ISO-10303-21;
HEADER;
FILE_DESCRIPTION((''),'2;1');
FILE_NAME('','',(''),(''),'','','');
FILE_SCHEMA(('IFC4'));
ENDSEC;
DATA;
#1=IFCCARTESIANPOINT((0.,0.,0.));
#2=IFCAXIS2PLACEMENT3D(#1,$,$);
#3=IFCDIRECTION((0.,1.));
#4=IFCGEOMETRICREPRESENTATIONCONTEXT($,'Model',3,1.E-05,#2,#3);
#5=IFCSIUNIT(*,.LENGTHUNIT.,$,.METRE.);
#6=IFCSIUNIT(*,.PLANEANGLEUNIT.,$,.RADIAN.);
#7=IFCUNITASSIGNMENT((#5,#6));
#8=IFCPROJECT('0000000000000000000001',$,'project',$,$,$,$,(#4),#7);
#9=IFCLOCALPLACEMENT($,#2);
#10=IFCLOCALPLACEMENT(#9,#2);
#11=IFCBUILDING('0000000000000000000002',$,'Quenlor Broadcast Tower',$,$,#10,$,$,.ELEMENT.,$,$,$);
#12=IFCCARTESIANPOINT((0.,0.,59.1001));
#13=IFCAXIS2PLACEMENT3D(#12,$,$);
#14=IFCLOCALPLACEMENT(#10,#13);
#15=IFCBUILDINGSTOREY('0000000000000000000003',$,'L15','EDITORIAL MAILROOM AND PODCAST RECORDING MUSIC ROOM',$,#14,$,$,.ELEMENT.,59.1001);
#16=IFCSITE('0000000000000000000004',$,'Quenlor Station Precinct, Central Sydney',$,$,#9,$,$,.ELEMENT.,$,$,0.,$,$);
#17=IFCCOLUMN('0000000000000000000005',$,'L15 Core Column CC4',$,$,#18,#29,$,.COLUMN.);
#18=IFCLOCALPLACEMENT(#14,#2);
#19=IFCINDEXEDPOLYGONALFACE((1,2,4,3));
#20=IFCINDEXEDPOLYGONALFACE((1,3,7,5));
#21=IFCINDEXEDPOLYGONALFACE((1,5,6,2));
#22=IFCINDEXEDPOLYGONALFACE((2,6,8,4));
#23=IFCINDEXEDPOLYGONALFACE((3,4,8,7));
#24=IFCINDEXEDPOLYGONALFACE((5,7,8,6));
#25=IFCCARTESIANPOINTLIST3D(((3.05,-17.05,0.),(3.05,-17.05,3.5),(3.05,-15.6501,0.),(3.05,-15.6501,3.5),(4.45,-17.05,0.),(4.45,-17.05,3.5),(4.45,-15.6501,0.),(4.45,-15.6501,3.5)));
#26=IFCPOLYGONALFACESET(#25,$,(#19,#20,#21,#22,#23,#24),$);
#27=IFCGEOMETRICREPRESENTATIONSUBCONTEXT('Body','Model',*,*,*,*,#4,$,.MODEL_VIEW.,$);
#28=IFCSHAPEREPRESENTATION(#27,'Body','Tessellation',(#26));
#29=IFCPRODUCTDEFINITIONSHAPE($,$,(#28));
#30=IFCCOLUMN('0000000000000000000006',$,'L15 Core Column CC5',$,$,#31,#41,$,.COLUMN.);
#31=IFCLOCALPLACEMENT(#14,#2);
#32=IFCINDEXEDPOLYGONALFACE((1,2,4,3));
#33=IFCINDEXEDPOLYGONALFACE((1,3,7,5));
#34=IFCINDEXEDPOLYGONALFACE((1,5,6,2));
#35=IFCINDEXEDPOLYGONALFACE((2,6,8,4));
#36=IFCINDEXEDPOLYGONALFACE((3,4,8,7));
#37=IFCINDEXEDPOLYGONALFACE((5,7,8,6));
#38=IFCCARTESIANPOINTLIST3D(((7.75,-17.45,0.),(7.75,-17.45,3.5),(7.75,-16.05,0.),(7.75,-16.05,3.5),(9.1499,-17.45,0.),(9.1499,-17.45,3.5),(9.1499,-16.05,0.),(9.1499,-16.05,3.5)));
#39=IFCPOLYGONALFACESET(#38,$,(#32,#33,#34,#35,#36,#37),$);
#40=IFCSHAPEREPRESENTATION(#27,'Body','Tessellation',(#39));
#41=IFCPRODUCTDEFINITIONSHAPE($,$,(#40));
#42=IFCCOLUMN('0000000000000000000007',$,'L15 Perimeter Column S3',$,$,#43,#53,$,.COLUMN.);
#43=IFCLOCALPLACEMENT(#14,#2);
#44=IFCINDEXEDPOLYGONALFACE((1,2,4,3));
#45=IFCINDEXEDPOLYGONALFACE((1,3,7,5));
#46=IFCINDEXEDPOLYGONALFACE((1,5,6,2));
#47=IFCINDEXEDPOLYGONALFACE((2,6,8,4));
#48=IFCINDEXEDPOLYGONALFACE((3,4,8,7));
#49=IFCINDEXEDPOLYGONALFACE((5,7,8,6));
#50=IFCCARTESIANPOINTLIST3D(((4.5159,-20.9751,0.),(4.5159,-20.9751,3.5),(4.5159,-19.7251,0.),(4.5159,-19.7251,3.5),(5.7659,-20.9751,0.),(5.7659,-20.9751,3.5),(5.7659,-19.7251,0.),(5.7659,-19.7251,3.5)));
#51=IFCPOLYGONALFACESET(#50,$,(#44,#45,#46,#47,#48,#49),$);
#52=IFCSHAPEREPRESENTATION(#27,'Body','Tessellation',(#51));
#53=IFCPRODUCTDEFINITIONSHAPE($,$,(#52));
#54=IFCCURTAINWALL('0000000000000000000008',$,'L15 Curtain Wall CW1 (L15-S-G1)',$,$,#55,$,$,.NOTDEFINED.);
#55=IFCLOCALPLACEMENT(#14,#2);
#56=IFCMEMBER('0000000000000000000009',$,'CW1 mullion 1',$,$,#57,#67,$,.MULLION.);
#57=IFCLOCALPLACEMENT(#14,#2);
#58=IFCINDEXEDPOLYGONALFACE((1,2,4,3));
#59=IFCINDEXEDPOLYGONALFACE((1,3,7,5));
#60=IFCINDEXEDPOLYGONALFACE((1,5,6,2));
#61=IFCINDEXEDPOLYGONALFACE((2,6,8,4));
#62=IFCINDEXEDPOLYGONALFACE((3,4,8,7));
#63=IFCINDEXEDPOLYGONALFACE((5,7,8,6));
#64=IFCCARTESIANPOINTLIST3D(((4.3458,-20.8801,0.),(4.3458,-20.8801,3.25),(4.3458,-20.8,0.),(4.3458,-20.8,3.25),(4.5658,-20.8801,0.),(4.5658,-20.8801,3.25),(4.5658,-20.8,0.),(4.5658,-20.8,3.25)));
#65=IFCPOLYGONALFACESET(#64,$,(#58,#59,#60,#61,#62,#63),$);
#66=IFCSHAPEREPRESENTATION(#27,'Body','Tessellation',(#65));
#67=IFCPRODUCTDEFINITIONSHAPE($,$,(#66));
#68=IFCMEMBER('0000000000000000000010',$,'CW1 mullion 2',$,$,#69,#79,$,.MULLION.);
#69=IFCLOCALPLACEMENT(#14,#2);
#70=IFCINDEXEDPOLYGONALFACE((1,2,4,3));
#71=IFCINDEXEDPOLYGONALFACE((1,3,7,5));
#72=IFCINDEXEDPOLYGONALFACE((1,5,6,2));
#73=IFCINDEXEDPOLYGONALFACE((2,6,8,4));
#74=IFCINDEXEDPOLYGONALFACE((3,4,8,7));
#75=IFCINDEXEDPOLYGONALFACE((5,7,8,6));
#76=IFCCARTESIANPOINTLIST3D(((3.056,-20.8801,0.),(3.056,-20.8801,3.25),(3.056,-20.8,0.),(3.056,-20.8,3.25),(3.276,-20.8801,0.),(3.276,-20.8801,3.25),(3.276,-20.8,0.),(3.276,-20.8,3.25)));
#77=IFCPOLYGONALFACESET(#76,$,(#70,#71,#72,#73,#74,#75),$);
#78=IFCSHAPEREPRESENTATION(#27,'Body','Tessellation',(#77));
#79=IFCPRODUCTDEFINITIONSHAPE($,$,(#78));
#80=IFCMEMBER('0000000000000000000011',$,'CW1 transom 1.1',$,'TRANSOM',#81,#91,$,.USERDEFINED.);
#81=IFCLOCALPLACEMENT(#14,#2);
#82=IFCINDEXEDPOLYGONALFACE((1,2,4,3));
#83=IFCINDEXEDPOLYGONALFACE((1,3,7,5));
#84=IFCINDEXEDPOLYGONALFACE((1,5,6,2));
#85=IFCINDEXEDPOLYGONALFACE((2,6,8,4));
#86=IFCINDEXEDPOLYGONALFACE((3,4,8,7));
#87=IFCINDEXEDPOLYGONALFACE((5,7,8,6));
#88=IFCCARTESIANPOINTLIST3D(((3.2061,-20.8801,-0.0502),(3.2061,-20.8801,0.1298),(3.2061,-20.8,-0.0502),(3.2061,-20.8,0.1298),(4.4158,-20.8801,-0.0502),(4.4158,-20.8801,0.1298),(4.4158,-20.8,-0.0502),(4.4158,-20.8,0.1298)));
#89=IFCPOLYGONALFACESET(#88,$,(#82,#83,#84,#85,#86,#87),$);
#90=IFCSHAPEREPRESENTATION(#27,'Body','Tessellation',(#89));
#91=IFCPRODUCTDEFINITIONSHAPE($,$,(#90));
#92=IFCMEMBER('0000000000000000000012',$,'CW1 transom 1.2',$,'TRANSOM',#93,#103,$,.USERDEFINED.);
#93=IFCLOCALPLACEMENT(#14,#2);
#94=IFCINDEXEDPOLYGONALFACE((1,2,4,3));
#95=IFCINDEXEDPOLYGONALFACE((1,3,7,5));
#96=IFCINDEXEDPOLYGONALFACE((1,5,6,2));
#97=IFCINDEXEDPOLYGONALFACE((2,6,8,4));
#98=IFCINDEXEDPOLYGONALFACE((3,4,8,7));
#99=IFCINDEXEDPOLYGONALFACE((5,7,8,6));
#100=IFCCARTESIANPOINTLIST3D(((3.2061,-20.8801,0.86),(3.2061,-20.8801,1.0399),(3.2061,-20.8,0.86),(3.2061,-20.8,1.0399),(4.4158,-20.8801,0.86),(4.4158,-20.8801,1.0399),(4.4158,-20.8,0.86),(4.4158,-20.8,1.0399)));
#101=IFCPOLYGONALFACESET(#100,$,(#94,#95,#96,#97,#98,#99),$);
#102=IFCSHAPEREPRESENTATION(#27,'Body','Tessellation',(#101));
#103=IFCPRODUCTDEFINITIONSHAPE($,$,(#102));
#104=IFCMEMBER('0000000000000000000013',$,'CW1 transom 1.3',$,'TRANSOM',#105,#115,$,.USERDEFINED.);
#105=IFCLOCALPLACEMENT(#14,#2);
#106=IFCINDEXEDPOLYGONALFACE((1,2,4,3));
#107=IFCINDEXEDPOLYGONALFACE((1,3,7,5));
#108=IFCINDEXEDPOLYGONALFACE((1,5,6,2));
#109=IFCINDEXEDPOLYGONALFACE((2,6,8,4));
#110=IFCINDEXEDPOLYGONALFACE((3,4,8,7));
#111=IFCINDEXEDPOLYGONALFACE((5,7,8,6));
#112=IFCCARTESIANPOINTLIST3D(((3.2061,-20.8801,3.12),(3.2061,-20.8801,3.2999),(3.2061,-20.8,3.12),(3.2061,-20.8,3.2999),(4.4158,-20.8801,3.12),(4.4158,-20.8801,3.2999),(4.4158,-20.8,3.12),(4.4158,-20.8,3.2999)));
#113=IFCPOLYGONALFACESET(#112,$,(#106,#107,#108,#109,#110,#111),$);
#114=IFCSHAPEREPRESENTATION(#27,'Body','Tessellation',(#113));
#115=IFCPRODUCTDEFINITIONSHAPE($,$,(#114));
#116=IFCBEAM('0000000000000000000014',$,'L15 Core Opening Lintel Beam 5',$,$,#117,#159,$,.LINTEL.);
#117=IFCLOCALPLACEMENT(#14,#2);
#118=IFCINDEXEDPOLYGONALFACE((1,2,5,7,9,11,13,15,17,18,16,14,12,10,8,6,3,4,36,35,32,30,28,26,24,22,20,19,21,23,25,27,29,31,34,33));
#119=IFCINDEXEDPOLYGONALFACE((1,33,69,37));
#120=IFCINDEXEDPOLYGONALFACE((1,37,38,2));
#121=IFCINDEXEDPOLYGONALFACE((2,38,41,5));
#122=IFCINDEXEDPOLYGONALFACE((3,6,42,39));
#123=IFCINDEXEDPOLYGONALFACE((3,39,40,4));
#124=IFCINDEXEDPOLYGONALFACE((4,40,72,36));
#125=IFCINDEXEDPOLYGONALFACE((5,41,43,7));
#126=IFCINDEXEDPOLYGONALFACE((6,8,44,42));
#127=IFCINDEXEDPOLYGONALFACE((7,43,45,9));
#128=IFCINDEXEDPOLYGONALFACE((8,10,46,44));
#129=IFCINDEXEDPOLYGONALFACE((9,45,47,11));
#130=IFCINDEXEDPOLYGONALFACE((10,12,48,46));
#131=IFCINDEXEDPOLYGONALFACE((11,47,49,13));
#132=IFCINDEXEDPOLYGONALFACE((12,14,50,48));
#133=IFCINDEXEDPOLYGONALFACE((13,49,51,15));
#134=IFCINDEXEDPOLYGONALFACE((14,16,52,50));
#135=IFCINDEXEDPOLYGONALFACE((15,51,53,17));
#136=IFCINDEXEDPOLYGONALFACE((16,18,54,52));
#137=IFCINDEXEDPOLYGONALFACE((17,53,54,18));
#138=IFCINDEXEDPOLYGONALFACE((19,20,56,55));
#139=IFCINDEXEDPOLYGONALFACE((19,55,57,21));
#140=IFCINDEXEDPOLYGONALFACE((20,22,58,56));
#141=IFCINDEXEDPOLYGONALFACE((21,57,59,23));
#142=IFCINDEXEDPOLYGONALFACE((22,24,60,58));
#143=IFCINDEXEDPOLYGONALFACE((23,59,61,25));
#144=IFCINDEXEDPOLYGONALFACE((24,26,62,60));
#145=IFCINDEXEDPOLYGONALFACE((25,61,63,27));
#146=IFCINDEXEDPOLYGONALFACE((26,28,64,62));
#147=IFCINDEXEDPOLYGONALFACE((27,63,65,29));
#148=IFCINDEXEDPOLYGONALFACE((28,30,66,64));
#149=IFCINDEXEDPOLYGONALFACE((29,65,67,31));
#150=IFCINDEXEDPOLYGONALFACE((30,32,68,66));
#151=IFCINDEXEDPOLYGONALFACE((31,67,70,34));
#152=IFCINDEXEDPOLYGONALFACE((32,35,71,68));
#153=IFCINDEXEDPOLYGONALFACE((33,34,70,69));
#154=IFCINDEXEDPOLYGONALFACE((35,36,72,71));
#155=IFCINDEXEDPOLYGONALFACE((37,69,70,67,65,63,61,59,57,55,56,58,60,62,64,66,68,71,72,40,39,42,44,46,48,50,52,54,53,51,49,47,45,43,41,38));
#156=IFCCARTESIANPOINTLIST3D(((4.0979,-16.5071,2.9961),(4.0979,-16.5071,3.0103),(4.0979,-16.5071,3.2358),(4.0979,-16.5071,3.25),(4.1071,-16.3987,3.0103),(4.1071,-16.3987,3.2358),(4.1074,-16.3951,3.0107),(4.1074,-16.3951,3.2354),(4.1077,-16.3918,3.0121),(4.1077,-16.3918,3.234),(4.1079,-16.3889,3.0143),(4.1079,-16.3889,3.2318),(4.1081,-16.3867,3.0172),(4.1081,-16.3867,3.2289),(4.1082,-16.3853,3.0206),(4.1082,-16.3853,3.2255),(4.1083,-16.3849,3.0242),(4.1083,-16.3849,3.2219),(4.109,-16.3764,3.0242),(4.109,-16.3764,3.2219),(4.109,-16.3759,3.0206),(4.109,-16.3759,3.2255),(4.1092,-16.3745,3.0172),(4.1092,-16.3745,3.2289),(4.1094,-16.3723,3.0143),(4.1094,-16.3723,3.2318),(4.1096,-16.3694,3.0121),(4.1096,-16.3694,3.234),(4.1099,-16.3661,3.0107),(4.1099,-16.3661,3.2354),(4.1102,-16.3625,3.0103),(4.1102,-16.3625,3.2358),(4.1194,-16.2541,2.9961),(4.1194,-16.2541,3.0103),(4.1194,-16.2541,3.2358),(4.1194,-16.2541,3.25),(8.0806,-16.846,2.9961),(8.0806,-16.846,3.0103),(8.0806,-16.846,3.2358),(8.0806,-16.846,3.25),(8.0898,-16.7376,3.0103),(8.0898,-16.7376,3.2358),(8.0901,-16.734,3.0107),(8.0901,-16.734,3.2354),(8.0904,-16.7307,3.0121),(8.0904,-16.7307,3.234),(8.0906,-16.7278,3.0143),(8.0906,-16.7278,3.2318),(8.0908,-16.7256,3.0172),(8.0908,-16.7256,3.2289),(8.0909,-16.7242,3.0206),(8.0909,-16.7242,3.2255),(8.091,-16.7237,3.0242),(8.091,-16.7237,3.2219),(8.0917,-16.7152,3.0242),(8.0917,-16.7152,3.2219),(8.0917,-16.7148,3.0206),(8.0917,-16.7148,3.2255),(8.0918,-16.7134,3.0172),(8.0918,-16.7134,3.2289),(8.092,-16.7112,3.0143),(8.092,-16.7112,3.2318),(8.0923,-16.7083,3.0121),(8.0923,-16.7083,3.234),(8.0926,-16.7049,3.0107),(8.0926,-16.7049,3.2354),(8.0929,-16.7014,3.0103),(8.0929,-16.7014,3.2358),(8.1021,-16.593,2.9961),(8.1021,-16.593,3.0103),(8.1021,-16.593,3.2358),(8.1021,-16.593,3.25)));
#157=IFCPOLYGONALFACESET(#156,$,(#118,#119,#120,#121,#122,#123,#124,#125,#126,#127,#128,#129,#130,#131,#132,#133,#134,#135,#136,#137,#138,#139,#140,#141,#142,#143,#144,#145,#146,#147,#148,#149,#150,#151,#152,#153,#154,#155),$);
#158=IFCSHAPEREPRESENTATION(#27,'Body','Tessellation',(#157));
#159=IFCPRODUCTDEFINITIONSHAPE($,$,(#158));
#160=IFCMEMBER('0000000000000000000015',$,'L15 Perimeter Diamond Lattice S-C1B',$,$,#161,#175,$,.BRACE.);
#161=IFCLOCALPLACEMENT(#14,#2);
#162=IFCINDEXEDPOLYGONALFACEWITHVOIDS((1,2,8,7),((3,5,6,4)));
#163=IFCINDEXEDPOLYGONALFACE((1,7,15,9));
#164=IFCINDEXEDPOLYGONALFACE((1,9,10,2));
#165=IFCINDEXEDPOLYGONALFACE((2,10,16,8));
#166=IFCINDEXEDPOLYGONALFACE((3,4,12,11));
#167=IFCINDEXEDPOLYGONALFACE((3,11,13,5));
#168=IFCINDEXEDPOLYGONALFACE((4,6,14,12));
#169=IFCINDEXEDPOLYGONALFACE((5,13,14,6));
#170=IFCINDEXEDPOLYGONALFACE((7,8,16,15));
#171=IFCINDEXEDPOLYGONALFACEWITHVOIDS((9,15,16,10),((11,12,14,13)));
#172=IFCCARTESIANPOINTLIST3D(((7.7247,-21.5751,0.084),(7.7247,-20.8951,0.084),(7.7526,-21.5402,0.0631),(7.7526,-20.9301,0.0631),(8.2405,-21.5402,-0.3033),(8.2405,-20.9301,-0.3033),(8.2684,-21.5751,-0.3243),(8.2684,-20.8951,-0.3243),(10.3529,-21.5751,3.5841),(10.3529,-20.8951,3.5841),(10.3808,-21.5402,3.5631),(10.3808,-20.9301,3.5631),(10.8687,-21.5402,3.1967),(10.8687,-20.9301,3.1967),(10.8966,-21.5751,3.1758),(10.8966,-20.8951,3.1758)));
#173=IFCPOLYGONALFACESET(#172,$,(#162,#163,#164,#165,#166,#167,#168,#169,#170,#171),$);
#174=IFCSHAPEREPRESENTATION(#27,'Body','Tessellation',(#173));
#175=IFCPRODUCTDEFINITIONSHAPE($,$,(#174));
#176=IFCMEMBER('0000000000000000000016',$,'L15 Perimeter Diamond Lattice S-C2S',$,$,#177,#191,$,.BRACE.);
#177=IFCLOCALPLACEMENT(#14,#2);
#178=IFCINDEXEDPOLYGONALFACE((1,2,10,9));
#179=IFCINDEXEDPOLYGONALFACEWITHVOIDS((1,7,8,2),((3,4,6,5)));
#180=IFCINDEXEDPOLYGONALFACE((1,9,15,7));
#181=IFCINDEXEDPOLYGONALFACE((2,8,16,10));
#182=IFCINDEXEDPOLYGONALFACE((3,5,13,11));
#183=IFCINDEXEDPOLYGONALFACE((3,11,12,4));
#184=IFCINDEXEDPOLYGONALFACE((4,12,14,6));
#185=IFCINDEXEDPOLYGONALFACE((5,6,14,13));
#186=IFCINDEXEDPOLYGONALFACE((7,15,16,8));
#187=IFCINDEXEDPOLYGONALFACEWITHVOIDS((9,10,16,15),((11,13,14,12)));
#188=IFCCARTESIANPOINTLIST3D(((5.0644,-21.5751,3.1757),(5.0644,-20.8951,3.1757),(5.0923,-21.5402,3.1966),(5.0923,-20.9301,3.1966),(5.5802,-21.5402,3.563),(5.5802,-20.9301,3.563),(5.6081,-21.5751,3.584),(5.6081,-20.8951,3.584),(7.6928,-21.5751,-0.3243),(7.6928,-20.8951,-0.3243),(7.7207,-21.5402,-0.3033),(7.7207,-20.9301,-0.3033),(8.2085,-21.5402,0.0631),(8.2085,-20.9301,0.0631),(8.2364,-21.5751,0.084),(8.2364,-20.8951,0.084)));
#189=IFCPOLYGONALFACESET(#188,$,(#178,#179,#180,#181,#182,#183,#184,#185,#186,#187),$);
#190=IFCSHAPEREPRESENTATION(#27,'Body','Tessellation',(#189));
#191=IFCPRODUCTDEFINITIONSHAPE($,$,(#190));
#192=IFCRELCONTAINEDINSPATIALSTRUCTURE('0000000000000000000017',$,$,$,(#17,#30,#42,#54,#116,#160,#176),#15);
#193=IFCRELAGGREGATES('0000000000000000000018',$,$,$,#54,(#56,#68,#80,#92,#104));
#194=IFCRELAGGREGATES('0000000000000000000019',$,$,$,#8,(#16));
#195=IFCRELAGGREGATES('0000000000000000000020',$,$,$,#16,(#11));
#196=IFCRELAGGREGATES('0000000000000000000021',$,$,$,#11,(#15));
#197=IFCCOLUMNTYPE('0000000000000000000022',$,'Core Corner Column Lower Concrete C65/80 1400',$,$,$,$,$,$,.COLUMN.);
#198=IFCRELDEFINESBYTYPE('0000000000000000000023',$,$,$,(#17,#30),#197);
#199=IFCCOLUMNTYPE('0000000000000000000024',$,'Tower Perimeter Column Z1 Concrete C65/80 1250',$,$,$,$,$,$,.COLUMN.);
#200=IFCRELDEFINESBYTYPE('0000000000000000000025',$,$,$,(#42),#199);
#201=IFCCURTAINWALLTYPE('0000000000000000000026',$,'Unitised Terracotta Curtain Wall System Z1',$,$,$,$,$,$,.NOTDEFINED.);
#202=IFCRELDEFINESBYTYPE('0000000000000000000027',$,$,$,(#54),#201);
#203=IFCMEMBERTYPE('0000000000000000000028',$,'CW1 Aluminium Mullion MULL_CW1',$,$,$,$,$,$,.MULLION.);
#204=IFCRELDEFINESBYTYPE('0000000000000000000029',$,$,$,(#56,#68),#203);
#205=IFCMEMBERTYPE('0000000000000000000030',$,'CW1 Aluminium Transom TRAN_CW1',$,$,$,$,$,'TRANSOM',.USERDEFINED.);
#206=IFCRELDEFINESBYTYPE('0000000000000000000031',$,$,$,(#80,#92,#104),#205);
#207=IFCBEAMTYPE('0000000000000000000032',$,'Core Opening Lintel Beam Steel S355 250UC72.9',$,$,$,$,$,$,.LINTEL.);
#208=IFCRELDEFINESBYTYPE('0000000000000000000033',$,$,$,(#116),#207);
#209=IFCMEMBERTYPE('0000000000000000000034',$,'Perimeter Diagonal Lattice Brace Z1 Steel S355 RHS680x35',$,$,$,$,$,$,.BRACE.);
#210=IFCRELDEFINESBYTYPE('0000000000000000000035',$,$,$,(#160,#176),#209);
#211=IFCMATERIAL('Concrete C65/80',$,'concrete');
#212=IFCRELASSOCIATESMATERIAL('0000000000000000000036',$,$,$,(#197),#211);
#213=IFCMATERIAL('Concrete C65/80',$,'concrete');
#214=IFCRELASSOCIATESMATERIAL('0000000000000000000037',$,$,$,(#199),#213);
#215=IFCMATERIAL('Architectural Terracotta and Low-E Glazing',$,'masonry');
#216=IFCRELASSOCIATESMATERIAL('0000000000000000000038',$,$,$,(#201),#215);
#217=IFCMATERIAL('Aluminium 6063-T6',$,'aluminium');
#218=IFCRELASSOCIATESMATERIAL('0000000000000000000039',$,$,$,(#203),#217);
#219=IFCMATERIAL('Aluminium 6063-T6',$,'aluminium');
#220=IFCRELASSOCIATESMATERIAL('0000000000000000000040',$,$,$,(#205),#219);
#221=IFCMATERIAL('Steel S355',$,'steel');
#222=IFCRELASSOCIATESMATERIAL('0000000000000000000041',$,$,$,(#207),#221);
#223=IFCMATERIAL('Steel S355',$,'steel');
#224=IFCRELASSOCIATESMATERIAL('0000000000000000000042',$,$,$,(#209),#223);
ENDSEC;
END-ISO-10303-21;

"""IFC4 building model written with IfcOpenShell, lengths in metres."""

from ifc_helpers import new_model, si_unit, direction, frame, origin, origin_2d, place, context, subcontext, project, spatial, rectangle, hollow_rectangle, i_section, extrude, material, material_profile, profile_set, type_object, element, aggregate, save


model = new_model("IFC4")

# Units and contexts
model_context = context("Model", 3, precision=1e-05, world=origin(), true_north=direction((0.0, 1.0)))
body_context = subcontext(model_context, "Body", "Model", "MODEL_VIEW")
ifc_project = project(units=[si_unit("LENGTHUNIT", "METRE"), si_unit("PLANEANGLEUNIT", "RADIAN")], contexts=[model_context])

# Site, building, storey
site_placement = place(None, origin())
site = spatial("IfcSite", under=ifc_project, at=site_placement, Name="Quenlor Station Precinct, Central Sydney", CompositionType="ELEMENT", RefElevation=0.0)
building_placement = place(site_placement, origin())
building = spatial("IfcBuilding", under=site, at=building_placement, Name="Quenlor Broadcast Tower", CompositionType="ELEMENT")
storey_placement = place(building_placement, frame((0.0, 0.0, 59.1001)))
storey = spatial("IfcBuildingStorey", under=building, at=storey_placement, Name="L15", Description="EDITORIAL MAILROOM AND PODCAST RECORDING MUSIC ROOM", CompositionType="ELEMENT", Elevation=59.1001)

# Columns
ifc_material_1 = material(Name="Concrete C65/80", Category="concrete")
ifc_material_profile_1 = material_profile(ifc_material_1, rectangle(XDim=1.3999, YDim=1.3999, at=origin_2d()))
ifc_profile_set_1 = profile_set([ifc_material_profile_1], Name="Concrete C65/80 RC1400x1400")
column_type_1 = type_object("IfcColumnType", Name="Core Corner Column Lower Concrete C65/80 1400", PredefinedType="COLUMN", material=ifc_profile_set_1)
for number, where, z_axis, x_axis, name in (
    (1, (3.75, -16.3501, 0.0), (0.0, 0.0, 1.0), (1.0, 0.0, 0.0), "L15 Core Column CC4"),
    (2, (8.45, -16.75, 0.0), (0.0, 0.0, 1.0), (1.0, 0.0, 0.0), "L15 Core Column CC5"),
):
    element("IfcColumn", number, at=place(storey_placement, frame(where, z_axis=z_axis, x_axis=x_axis)), inside=storey, type_object=column_type_1, Name=name, PredefinedType="COLUMN", context=body_context, shape_type="SweptSolid", body=[
        extrude(rectangle(XDim=1.3999, YDim=1.3999, at=origin_2d()), origin(), (0.0, 0.0, 1.0), 3.5),
    ])
ifc_material_2 = material(Name="Concrete C65/80", Category="concrete")
ifc_material_profile_2 = material_profile(ifc_material_2, rectangle(XDim=1.25, YDim=1.25, at=origin_2d()))
ifc_profile_set_2 = profile_set([ifc_material_profile_2], Name="Concrete C65/80 RC1250x1250")
column_type_2 = type_object("IfcColumnType", Name="Tower Perimeter Column Z1 Concrete C65/80 1250", PredefinedType="COLUMN", material=ifc_profile_set_2)
column_placement = place(storey_placement, frame((5.1409, -20.3501, 0.0), z_axis=(0.0, 0.0, 1.0), x_axis=(0.0, 1.0, 0.0)))
element("IfcColumn", 3, at=column_placement, inside=storey, type_object=column_type_2, Name="L15 Perimeter Column S3", PredefinedType="COLUMN", context=body_context, shape_type="SweptSolid", body=[
    extrude(rectangle(XDim=1.25, YDim=1.25, at=origin_2d()), origin(), (0.0, 0.0, 1.0), 3.5),
])

# Curtain wall, members
ifc_material_3 = material(Name="Architectural Terracotta and Low-E Glazing", Category="masonry")
curtain_wall_type = type_object("IfcCurtainWallType", Name="Unitised Terracotta Curtain Wall System Z1", PredefinedType="NOTDEFINED", material=ifc_material_3)
curtain_wall_placement = place(storey_placement, origin())
curtain_wall = element("IfcCurtainWall", 4, at=curtain_wall_placement, inside=storey, type_object=curtain_wall_type, Name="L15 Curtain Wall CW1 (L15-S-G1)", PredefinedType="NOTDEFINED")
ifc_material_4 = material(Name="Aluminium 6063-T6", Category="aluminium")
ifc_material_profile_3 = material_profile(ifc_material_4, rectangle(XDim=0.0801, YDim=0.22, at=origin_2d()))
ifc_profile_set_3 = profile_set([ifc_material_profile_3], Name="Aluminium 6063-T6 MULL80x220")
member_type_1 = type_object("IfcMemberType", Name="CW1 Aluminium Mullion MULL_CW1", PredefinedType="MULLION", material=ifc_profile_set_3)
member_1_placement = place(storey_placement, frame((4.4558, -20.8401, 0.0), z_axis=(0.0, 0.0, 1.0), x_axis=(0.0, -1.0, 0.0)))
member_1 = element("IfcMember", 5, at=member_1_placement, type_object=member_type_1, Name="CW1 mullion 1", PredefinedType="MULLION", context=body_context, shape_type="SweptSolid", body=[
    extrude(rectangle(XDim=0.0801, YDim=0.22, at=origin_2d()), origin(), (0.0, 0.0, 1.0), 3.25),
])
member_2_placement = place(storey_placement, frame((3.166, -20.8401, 0.0), z_axis=(0.0, 0.0, 1.0), x_axis=(0.0, -1.0, 0.0)))
member_2 = element("IfcMember", 6, at=member_2_placement, type_object=member_type_1, Name="CW1 mullion 2", PredefinedType="MULLION", context=body_context, shape_type="SweptSolid", body=[
    extrude(rectangle(XDim=0.0801, YDim=0.22, at=origin_2d()), origin(), (0.0, 0.0, 1.0), 3.25),
])
ifc_material_5 = material(Name="Aluminium 6063-T6", Category="aluminium")
ifc_material_profile_4 = material_profile(ifc_material_5, rectangle(XDim=0.0801, YDim=0.1799, at=origin_2d()))
ifc_profile_set_4 = profile_set([ifc_material_profile_4], Name="Aluminium 6063-T6 TRAN80x180")
member_type_2 = type_object("IfcMemberType", Name="CW1 Aluminium Transom TRAN_CW1", ElementType="TRANSOM", PredefinedType="USERDEFINED", material=ifc_profile_set_4)
member_3_placement = place(storey_placement, frame((4.4158, -20.8401, 0.0398), z_axis=(-1.0, 0.0, 0.0), x_axis=(0.0, -1.0, 0.0)))
member_3 = element("IfcMember", 7, at=member_3_placement, type_object=member_type_2, Name="CW1 transom 1.1", ObjectType="TRANSOM", PredefinedType="USERDEFINED", context=body_context, shape_type="SweptSolid", body=[
    extrude(rectangle(XDim=0.0801, YDim=0.1799, at=origin_2d()), origin(), (0.0, 0.0, 1.0), 1.2097),
])
member_4_placement = place(storey_placement, frame((4.4158, -20.8401, 0.95), z_axis=(-1.0, 0.0, 0.0), x_axis=(0.0, -1.0, 0.0)))
member_4 = element("IfcMember", 8, at=member_4_placement, type_object=member_type_2, Name="CW1 transom 1.2", ObjectType="TRANSOM", PredefinedType="USERDEFINED", context=body_context, shape_type="SweptSolid", body=[
    extrude(rectangle(XDim=0.0801, YDim=0.1799, at=origin_2d()), origin(), (0.0, 0.0, 1.0), 1.2097),
])
member_5_placement = place(storey_placement, frame((4.4158, -20.8401, 3.21), z_axis=(-1.0, 0.0, 0.0), x_axis=(0.0, -1.0, 0.0)))
member_5 = element("IfcMember", 9, at=member_5_placement, type_object=member_type_2, Name="CW1 transom 1.3", ObjectType="TRANSOM", PredefinedType="USERDEFINED", context=body_context, shape_type="SweptSolid", body=[
    extrude(rectangle(XDim=0.0801, YDim=0.1799, at=origin_2d()), origin(), (0.0, 0.0, 1.0), 1.2097),
])

# Beam
ifc_material_6 = material(Name="Steel S355", Category="steel")
ifc_material_profile_5 = material_profile(ifc_material_6, i_section(OverallWidth=0.2539, OverallDepth=0.2539, WebThickness=0.0085, FlangeThickness=0.0142, FilletRadius=0.0139, at=origin_2d()))
ifc_profile_set_5 = profile_set([ifc_material_profile_5], Name="Steel S355 250UC72.9")
beam_type_1 = type_object("IfcBeamType", Name="Core Opening Lintel Beam Steel S355 250UC72.9", PredefinedType="LINTEL", material=ifc_profile_set_5)
beam_1_placement = place(storey_placement, frame((4.1086, -16.3806, 3.123), z_axis=(0.9964, -0.084779, 0.0), x_axis=(0.084779, 0.9964, 0.0)))
element("IfcBeam", 10, at=beam_1_placement, inside=storey, type_object=beam_type_1, Name="L15 Core Opening Lintel Beam 5", PredefinedType="LINTEL", context=body_context, shape_type="SweptSolid", body=[
    extrude(i_section(OverallWidth=0.2539, OverallDepth=0.2539, WebThickness=0.0085, FlangeThickness=0.0142, FilletRadius=0.0139, at=origin_2d()), origin(), (0.0, 0.0, 1.0), 3.9971),
])

# Members
ifc_material_7 = material(Name="Steel S355", Category="steel")
ifc_material_profile_6 = material_profile(ifc_material_7, hollow_rectangle(XDim=0.6799, YDim=0.6799, WallThickness=0.0349, at=origin_2d()))
ifc_profile_set_6 = profile_set([ifc_material_profile_6], Name="Steel S355 RHS680x680x35")
member_type_3 = type_object("IfcMemberType", Name="Perimeter Diagonal Lattice Brace Z1 Steel S355 RHS680x35", PredefinedType="BRACE", material=ifc_profile_set_6)
for number, where, z_axis, x_axis, name in (
    (11, (7.9966, -21.2351, -0.1201), (0.600464, 0.0, 0.799652), (0.0, 1.0, 0.0), "L15 Perimeter Diamond Lattice S-C1B"),
    (12, (7.9646, -21.2351, -0.1201), (-0.6005, 0.0, 0.799625), (0.0, -1.0, 0.0), "L15 Perimeter Diamond Lattice S-C2S"),
):
    element("IfcMember", number, at=place(storey_placement, frame(where, z_axis=z_axis, x_axis=x_axis)), inside=storey, type_object=member_type_3, Name=name, PredefinedType="BRACE", context=body_context, shape_type="SweptSolid", body=[
        extrude(hollow_rectangle(XDim=0.6799, YDim=0.6799, WallThickness=0.0349, at=origin_2d()), origin(), (0.0, 0.0, 1.0), 4.377),
    ])

aggregate(curtain_wall, [member_1, member_2, member_3, member_4, member_5])

save(model, "model.ifc")
